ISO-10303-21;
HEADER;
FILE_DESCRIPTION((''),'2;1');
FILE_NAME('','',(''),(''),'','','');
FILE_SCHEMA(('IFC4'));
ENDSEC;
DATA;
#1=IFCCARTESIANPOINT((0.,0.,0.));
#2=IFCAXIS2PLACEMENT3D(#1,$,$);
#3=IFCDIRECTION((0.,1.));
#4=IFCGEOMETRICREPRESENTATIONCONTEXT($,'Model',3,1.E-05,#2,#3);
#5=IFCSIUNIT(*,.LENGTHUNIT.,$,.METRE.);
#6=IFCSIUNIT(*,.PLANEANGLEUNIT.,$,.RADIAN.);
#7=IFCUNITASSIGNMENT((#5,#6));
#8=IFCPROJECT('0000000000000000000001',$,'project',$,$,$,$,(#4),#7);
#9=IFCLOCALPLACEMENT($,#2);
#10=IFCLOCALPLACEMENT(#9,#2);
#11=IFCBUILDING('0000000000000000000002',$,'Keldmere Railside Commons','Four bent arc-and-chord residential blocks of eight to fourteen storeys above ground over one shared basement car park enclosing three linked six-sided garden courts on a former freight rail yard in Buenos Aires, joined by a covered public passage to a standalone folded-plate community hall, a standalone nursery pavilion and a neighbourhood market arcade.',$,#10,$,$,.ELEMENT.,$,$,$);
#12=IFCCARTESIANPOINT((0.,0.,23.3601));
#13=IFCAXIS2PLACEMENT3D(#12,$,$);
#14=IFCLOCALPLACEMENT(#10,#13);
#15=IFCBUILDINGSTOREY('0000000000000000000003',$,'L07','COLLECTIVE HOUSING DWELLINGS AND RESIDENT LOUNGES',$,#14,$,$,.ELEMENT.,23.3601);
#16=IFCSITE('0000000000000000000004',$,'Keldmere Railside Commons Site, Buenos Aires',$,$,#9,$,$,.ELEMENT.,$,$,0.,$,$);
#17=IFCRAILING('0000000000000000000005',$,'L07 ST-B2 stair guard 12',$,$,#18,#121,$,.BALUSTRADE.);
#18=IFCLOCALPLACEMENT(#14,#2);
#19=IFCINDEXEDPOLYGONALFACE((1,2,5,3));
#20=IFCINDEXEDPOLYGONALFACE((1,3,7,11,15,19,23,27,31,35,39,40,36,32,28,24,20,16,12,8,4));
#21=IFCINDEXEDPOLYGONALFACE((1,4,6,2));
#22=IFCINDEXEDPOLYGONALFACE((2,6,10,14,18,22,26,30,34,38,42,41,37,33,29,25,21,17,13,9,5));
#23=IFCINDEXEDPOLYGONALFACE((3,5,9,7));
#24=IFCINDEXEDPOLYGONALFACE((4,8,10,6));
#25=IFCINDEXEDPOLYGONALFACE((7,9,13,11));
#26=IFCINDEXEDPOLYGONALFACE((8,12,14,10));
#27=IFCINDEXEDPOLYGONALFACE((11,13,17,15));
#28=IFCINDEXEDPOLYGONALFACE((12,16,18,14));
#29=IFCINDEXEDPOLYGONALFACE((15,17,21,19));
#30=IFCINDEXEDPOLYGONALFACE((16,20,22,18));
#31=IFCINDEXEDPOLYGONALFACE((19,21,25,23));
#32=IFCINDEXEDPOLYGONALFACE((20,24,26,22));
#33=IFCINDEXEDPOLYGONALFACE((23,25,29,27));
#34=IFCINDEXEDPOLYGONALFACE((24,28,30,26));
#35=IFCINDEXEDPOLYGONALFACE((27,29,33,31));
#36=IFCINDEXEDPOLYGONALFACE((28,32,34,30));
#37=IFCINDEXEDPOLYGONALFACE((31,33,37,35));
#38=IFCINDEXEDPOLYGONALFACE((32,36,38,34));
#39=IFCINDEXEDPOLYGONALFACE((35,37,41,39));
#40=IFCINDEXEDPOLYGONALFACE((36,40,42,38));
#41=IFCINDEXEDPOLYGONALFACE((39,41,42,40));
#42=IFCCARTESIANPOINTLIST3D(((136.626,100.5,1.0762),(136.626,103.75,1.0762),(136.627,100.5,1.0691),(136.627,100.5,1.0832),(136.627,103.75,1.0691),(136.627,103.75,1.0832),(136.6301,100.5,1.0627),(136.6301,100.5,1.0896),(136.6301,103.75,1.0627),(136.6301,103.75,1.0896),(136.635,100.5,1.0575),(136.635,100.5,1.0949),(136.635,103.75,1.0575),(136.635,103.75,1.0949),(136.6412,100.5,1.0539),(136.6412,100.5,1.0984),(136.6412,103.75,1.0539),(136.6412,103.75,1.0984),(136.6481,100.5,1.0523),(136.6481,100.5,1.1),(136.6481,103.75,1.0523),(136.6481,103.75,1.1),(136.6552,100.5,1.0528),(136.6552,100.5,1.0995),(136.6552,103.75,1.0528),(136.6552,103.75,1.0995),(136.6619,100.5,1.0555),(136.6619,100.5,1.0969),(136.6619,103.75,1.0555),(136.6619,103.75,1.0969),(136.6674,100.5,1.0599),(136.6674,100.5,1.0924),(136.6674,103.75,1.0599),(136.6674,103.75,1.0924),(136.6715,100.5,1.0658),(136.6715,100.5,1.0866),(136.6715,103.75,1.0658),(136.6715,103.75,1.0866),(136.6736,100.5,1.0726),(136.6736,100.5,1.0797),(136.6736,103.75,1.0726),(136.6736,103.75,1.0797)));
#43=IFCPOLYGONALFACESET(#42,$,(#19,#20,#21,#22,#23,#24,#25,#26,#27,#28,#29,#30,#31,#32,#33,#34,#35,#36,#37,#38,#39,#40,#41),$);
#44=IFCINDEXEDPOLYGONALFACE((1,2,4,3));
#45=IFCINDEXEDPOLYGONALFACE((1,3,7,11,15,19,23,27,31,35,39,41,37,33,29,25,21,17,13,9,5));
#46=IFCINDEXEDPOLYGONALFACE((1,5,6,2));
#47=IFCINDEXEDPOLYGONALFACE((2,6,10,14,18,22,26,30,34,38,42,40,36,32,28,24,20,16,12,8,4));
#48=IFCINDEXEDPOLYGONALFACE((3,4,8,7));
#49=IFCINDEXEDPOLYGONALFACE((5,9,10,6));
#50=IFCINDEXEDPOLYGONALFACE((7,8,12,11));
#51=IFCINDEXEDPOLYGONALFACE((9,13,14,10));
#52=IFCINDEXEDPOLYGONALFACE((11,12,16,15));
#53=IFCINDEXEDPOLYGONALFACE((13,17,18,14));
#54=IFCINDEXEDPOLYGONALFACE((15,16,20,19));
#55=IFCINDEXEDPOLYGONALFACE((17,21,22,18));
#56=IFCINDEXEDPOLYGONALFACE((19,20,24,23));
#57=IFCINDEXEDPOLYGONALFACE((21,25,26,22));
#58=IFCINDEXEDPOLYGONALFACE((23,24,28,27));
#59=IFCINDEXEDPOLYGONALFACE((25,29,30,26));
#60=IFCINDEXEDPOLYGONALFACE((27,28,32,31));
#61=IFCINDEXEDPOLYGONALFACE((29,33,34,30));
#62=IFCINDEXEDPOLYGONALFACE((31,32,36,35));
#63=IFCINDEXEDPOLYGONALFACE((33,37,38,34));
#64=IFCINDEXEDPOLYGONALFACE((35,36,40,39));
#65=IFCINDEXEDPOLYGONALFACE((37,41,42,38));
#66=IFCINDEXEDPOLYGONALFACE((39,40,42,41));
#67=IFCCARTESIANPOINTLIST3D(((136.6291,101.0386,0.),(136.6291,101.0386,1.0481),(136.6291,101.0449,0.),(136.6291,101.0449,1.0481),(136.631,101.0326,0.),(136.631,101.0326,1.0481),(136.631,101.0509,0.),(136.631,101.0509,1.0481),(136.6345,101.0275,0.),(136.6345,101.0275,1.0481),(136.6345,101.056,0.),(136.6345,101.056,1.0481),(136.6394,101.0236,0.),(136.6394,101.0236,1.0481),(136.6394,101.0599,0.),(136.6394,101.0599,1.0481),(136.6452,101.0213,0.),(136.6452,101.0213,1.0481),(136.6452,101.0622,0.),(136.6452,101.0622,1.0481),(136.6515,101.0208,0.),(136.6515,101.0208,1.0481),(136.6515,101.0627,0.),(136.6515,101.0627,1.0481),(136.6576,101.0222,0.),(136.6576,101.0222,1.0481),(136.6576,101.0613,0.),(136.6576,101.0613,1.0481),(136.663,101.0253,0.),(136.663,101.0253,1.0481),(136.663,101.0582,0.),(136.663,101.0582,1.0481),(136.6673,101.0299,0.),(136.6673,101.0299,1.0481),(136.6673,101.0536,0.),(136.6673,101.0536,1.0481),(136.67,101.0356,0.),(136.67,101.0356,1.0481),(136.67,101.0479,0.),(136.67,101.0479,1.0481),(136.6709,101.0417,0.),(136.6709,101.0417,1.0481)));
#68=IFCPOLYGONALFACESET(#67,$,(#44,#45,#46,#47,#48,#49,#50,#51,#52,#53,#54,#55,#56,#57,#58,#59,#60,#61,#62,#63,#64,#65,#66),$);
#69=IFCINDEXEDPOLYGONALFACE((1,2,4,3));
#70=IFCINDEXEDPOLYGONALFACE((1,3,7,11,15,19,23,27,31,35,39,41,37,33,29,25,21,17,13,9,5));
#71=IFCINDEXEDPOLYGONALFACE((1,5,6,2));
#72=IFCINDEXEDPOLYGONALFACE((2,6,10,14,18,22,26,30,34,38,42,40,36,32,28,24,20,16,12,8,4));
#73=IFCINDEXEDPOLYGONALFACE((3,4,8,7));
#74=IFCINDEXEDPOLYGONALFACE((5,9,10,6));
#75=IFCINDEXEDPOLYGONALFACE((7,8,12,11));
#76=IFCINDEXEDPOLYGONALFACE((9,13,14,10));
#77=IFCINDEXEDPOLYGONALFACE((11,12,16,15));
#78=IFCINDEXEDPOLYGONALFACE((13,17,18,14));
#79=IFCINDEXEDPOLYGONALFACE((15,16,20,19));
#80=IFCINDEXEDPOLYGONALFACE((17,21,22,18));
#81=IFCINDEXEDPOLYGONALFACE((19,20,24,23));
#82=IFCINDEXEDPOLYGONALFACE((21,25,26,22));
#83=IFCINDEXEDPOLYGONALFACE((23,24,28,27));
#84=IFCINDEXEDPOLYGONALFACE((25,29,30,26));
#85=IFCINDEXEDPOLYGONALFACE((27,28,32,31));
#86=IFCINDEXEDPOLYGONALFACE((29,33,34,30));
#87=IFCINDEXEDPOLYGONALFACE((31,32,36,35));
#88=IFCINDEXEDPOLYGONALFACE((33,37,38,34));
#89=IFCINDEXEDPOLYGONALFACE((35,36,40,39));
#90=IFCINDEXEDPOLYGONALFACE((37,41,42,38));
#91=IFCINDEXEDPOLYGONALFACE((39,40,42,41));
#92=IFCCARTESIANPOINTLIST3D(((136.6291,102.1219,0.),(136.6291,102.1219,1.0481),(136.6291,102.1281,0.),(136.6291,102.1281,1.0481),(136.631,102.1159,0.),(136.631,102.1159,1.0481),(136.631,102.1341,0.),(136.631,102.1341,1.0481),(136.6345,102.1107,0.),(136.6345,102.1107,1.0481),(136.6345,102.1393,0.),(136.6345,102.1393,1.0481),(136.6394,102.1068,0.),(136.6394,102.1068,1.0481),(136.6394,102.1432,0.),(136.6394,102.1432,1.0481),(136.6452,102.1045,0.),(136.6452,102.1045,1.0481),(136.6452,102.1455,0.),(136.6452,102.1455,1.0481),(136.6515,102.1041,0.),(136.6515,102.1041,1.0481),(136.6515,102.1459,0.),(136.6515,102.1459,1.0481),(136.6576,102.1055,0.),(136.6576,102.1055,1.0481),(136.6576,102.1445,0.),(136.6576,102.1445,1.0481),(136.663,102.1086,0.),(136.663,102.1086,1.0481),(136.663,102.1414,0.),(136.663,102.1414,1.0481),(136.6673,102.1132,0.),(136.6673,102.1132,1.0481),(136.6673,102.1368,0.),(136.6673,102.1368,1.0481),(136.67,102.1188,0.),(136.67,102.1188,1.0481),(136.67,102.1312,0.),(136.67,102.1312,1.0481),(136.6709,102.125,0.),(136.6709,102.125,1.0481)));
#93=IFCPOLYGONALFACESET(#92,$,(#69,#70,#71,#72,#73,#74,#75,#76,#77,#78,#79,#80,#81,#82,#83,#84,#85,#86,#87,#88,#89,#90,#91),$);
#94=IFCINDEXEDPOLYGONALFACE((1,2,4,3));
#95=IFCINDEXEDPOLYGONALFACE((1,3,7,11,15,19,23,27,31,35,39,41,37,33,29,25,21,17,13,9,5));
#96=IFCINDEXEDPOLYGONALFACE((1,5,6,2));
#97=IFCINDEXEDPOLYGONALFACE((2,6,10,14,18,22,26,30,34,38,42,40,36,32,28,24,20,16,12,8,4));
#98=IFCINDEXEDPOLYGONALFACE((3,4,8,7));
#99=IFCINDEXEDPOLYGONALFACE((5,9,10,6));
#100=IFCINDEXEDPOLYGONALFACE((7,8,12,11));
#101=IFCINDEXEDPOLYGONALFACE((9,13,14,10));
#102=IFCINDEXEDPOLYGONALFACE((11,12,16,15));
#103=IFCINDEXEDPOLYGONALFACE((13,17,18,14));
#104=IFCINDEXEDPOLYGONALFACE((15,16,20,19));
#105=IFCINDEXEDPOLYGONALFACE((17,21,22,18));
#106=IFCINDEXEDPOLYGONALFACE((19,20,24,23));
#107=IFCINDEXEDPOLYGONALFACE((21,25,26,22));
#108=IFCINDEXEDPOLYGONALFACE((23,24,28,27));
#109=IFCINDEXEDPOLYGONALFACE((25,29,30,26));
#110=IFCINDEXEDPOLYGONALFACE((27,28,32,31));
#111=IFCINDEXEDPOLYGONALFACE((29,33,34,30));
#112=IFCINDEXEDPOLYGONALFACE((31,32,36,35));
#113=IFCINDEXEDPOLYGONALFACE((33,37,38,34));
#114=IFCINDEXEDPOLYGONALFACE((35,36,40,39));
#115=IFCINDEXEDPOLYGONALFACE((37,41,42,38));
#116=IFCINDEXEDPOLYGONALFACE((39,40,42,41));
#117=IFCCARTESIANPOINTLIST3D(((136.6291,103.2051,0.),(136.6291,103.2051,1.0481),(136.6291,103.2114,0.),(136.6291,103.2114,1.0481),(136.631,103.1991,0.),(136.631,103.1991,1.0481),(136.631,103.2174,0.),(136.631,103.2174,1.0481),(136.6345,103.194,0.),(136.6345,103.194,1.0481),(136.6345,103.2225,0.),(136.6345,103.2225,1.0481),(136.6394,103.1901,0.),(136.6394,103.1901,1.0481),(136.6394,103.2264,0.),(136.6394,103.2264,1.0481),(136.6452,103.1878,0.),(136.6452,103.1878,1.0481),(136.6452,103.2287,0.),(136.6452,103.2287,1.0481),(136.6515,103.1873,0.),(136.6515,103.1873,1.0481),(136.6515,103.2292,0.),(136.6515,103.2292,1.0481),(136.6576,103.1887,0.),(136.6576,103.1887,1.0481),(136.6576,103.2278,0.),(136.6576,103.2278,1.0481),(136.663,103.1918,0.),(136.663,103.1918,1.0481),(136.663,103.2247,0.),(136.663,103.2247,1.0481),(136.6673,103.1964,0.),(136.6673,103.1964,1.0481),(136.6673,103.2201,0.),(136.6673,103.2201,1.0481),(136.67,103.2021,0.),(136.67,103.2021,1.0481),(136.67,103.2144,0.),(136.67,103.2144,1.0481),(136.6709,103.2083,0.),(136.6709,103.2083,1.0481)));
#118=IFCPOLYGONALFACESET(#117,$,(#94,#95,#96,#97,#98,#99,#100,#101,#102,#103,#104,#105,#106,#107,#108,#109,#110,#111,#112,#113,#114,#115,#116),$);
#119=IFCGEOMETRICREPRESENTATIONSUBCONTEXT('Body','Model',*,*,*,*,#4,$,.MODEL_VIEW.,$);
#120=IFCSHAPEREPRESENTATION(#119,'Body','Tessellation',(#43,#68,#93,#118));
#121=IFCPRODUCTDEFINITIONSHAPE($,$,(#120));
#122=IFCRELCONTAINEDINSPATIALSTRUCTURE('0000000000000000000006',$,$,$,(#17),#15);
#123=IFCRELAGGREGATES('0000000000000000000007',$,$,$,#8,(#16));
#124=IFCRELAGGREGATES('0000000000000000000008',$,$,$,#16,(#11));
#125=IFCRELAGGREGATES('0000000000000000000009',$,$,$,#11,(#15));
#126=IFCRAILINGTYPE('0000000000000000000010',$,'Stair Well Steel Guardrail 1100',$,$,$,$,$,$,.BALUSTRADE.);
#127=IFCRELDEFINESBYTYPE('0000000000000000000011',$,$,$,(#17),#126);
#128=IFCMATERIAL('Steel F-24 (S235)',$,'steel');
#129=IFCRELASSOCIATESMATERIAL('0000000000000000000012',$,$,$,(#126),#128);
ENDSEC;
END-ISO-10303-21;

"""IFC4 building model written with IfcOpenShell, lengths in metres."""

from ifc_helpers import new_model, si_unit, direction, frame, origin, origin_2d, place, context, subcontext, project, spatial, circle, extrude, material, type_object, element, save


model = new_model("IFC4")

# Units and contexts
model_context = context("Model", 3, precision=1e-05, world=origin(), true_north=direction((0.0, 1.0)))
body_context = subcontext(model_context, "Body", "Model", "MODEL_VIEW")
ifc_project = project(units=[si_unit("LENGTHUNIT", "METRE"), si_unit("PLANEANGLEUNIT", "RADIAN")], contexts=[model_context])

# Site, building, storey
site_placement = place(None, origin())
site = spatial("IfcSite", under=ifc_project, at=site_placement, Name="Keldmere Railside Commons Site, Buenos Aires", CompositionType="ELEMENT", RefElevation=0.0)
building_placement = place(site_placement, origin())
building = spatial("IfcBuilding", under=site, at=building_placement, Name="Keldmere Railside Commons", Description="Four bent arc-and-chord residential blocks of eight to fourteen storeys above ground over one shared basement car park enclosing three linked six-sided garden courts on a former freight rail yard in Buenos Aires, joined by a covered public passage to a standalone folded-plate community hall, a standalone nursery pavilion and a neighbourhood market arcade.", CompositionType="ELEMENT")
storey_placement = place(building_placement, frame((0.0, 0.0, 23.3601)))
storey = spatial("IfcBuildingStorey", under=building, at=storey_placement, Name="L07", Description="COLLECTIVE HOUSING DWELLINGS AND RESIDENT LOUNGES", CompositionType="ELEMENT", Elevation=23.3601)

# Railing
ifc_material_1 = material(Name="Steel F-24 (S235)", Category="steel")
railing_type = type_object("IfcRailingType", Name="Stair Well Steel Guardrail 1100", PredefinedType="BALUSTRADE", material=ifc_material_1)
railing_1_placement = place(storey_placement, frame((136.6499, 100.5, 0.0)))
element("IfcRailing", 1, at=railing_1_placement, inside=storey, type_object=railing_type, Name="L07 ST-B2 stair guard 12", PredefinedType="BALUSTRADE", context=body_context, shape_type="SweptSolid", body=[
    extrude(circle(Radius=0.0239, at=origin_2d()), frame((0.0, 0.0, 1.0762), z_axis=(0.0, 1.0, 0.0), x_axis=(-1.0, 0.0, 0.0)), (0.0, 0.0, 1.0), 3.25),
    extrude(circle(Radius=0.021, at=origin_2d()), frame((0.0, 0.5417, 0.0)), (0.0, 0.0, 1.0), 1.0481),
    extrude(circle(Radius=0.021, at=origin_2d()), frame((0.0, 1.625, 0.0)), (0.0, 0.0, 1.0), 1.0481),
    extrude(circle(Radius=0.021, at=origin_2d()), frame((0.0, 2.7083, 0.0)), (0.0, 0.0, 1.0), 1.0481),
])

save(model, "model.ifc")
